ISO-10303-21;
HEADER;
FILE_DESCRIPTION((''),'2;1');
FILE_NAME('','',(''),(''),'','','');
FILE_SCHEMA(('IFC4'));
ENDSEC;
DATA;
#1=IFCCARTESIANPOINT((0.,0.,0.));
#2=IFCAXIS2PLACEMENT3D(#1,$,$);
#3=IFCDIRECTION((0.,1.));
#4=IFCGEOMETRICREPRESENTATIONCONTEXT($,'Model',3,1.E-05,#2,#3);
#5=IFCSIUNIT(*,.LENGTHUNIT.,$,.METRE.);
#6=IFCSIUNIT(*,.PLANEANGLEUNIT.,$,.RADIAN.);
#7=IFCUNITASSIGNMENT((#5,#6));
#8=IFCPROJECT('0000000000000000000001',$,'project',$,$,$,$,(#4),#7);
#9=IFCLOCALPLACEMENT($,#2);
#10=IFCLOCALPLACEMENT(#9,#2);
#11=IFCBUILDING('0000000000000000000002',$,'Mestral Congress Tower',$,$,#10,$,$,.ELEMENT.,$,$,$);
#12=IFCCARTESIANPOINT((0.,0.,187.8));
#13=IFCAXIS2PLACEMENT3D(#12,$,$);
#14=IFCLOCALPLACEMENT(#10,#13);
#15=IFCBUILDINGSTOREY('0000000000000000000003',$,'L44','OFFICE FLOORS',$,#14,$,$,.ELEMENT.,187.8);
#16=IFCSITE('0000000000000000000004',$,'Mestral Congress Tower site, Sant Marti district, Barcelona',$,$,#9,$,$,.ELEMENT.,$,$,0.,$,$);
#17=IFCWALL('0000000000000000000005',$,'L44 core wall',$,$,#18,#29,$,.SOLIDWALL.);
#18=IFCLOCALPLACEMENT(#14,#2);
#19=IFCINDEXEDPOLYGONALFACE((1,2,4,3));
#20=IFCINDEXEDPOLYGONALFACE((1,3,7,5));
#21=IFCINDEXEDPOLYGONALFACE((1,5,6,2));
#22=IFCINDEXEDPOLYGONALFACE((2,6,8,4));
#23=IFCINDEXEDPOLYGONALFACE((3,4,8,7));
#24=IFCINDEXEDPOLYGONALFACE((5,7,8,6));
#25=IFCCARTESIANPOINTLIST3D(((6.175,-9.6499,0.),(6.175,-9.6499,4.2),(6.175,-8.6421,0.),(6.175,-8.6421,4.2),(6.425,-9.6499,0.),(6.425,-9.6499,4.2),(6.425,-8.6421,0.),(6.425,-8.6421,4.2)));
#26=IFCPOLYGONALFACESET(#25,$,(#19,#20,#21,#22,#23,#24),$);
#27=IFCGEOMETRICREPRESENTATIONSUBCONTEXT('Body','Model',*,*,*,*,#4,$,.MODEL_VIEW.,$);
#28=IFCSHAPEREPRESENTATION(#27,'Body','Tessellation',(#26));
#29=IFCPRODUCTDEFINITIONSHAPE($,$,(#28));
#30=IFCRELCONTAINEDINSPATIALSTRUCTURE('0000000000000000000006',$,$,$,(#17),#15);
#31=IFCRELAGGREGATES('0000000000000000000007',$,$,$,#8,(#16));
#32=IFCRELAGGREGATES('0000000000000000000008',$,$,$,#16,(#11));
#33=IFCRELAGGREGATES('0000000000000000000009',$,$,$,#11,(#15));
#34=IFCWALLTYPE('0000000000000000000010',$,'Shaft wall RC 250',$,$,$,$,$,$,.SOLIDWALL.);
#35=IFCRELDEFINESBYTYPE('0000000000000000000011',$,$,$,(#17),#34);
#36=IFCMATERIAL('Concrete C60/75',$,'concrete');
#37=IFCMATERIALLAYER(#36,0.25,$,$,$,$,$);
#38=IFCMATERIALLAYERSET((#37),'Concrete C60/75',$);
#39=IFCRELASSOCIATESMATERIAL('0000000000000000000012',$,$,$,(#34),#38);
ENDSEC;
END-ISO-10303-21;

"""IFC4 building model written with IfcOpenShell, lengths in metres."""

from ifc_helpers import new_model, si_unit, direction, frame, frame_2d, origin, place, context, subcontext, project, spatial, rectangle, extrude, material, layer, layer_set, type_object, element, save


model = new_model("IFC4")

# Units and contexts
model_context = context("Model", 3, precision=1e-05, world=origin(), true_north=direction((0.0, 1.0)))
body_context = subcontext(model_context, "Body", "Model", "MODEL_VIEW")
ifc_project = project(units=[si_unit("LENGTHUNIT", "METRE"), si_unit("PLANEANGLEUNIT", "RADIAN")], contexts=[model_context])

# Site, building, storey
site_placement = place(None, origin())
site = spatial("IfcSite", under=ifc_project, at=site_placement, Name="Mestral Congress Tower site, Sant Marti district, Barcelona", CompositionType="ELEMENT", RefElevation=0.0)
building_placement = place(site_placement, origin())
building = spatial("IfcBuilding", under=site, at=building_placement, Name="Mestral Congress Tower", CompositionType="ELEMENT")
storey_placement = place(building_placement, frame((0.0, 0.0, 187.8)))
storey = spatial("IfcBuildingStorey", under=building, at=storey_placement, Name="L44", Description="OFFICE FLOORS", CompositionType="ELEMENT", Elevation=187.8)

# Shared definitions
ifc_material_1 = material(Name="Concrete C60/75", Category="concrete")

# Wall
ifc_layer_1 = layer(ifc_material_1, 0.25)
ifc_layer_set_1 = layer_set([ifc_layer_1], Name="Concrete C60/75")
wall_type_1 = type_object("IfcWallType", Name="Shaft wall RC 250", PredefinedType="SOLIDWALL", material=ifc_layer_set_1)
wall_1_placement = place(storey_placement, frame((6.3, -9.6499, 0.0), z_axis=(0.0, 0.0, 1.0), x_axis=(0.0, 1.0, 0.0)))
element("IfcWall", 1, at=wall_1_placement, inside=storey, type_object=wall_type_1, Name="L44 core wall", PredefinedType="SOLIDWALL", context=body_context, shape_type="SweptSolid", body=[
    extrude(rectangle(XDim=1.0078, YDim=0.25, at=frame_2d((0.5039, 0.0))), origin(), (0.0, 0.0, 1.0), 4.2),
])

save(model, "model.ifc")
